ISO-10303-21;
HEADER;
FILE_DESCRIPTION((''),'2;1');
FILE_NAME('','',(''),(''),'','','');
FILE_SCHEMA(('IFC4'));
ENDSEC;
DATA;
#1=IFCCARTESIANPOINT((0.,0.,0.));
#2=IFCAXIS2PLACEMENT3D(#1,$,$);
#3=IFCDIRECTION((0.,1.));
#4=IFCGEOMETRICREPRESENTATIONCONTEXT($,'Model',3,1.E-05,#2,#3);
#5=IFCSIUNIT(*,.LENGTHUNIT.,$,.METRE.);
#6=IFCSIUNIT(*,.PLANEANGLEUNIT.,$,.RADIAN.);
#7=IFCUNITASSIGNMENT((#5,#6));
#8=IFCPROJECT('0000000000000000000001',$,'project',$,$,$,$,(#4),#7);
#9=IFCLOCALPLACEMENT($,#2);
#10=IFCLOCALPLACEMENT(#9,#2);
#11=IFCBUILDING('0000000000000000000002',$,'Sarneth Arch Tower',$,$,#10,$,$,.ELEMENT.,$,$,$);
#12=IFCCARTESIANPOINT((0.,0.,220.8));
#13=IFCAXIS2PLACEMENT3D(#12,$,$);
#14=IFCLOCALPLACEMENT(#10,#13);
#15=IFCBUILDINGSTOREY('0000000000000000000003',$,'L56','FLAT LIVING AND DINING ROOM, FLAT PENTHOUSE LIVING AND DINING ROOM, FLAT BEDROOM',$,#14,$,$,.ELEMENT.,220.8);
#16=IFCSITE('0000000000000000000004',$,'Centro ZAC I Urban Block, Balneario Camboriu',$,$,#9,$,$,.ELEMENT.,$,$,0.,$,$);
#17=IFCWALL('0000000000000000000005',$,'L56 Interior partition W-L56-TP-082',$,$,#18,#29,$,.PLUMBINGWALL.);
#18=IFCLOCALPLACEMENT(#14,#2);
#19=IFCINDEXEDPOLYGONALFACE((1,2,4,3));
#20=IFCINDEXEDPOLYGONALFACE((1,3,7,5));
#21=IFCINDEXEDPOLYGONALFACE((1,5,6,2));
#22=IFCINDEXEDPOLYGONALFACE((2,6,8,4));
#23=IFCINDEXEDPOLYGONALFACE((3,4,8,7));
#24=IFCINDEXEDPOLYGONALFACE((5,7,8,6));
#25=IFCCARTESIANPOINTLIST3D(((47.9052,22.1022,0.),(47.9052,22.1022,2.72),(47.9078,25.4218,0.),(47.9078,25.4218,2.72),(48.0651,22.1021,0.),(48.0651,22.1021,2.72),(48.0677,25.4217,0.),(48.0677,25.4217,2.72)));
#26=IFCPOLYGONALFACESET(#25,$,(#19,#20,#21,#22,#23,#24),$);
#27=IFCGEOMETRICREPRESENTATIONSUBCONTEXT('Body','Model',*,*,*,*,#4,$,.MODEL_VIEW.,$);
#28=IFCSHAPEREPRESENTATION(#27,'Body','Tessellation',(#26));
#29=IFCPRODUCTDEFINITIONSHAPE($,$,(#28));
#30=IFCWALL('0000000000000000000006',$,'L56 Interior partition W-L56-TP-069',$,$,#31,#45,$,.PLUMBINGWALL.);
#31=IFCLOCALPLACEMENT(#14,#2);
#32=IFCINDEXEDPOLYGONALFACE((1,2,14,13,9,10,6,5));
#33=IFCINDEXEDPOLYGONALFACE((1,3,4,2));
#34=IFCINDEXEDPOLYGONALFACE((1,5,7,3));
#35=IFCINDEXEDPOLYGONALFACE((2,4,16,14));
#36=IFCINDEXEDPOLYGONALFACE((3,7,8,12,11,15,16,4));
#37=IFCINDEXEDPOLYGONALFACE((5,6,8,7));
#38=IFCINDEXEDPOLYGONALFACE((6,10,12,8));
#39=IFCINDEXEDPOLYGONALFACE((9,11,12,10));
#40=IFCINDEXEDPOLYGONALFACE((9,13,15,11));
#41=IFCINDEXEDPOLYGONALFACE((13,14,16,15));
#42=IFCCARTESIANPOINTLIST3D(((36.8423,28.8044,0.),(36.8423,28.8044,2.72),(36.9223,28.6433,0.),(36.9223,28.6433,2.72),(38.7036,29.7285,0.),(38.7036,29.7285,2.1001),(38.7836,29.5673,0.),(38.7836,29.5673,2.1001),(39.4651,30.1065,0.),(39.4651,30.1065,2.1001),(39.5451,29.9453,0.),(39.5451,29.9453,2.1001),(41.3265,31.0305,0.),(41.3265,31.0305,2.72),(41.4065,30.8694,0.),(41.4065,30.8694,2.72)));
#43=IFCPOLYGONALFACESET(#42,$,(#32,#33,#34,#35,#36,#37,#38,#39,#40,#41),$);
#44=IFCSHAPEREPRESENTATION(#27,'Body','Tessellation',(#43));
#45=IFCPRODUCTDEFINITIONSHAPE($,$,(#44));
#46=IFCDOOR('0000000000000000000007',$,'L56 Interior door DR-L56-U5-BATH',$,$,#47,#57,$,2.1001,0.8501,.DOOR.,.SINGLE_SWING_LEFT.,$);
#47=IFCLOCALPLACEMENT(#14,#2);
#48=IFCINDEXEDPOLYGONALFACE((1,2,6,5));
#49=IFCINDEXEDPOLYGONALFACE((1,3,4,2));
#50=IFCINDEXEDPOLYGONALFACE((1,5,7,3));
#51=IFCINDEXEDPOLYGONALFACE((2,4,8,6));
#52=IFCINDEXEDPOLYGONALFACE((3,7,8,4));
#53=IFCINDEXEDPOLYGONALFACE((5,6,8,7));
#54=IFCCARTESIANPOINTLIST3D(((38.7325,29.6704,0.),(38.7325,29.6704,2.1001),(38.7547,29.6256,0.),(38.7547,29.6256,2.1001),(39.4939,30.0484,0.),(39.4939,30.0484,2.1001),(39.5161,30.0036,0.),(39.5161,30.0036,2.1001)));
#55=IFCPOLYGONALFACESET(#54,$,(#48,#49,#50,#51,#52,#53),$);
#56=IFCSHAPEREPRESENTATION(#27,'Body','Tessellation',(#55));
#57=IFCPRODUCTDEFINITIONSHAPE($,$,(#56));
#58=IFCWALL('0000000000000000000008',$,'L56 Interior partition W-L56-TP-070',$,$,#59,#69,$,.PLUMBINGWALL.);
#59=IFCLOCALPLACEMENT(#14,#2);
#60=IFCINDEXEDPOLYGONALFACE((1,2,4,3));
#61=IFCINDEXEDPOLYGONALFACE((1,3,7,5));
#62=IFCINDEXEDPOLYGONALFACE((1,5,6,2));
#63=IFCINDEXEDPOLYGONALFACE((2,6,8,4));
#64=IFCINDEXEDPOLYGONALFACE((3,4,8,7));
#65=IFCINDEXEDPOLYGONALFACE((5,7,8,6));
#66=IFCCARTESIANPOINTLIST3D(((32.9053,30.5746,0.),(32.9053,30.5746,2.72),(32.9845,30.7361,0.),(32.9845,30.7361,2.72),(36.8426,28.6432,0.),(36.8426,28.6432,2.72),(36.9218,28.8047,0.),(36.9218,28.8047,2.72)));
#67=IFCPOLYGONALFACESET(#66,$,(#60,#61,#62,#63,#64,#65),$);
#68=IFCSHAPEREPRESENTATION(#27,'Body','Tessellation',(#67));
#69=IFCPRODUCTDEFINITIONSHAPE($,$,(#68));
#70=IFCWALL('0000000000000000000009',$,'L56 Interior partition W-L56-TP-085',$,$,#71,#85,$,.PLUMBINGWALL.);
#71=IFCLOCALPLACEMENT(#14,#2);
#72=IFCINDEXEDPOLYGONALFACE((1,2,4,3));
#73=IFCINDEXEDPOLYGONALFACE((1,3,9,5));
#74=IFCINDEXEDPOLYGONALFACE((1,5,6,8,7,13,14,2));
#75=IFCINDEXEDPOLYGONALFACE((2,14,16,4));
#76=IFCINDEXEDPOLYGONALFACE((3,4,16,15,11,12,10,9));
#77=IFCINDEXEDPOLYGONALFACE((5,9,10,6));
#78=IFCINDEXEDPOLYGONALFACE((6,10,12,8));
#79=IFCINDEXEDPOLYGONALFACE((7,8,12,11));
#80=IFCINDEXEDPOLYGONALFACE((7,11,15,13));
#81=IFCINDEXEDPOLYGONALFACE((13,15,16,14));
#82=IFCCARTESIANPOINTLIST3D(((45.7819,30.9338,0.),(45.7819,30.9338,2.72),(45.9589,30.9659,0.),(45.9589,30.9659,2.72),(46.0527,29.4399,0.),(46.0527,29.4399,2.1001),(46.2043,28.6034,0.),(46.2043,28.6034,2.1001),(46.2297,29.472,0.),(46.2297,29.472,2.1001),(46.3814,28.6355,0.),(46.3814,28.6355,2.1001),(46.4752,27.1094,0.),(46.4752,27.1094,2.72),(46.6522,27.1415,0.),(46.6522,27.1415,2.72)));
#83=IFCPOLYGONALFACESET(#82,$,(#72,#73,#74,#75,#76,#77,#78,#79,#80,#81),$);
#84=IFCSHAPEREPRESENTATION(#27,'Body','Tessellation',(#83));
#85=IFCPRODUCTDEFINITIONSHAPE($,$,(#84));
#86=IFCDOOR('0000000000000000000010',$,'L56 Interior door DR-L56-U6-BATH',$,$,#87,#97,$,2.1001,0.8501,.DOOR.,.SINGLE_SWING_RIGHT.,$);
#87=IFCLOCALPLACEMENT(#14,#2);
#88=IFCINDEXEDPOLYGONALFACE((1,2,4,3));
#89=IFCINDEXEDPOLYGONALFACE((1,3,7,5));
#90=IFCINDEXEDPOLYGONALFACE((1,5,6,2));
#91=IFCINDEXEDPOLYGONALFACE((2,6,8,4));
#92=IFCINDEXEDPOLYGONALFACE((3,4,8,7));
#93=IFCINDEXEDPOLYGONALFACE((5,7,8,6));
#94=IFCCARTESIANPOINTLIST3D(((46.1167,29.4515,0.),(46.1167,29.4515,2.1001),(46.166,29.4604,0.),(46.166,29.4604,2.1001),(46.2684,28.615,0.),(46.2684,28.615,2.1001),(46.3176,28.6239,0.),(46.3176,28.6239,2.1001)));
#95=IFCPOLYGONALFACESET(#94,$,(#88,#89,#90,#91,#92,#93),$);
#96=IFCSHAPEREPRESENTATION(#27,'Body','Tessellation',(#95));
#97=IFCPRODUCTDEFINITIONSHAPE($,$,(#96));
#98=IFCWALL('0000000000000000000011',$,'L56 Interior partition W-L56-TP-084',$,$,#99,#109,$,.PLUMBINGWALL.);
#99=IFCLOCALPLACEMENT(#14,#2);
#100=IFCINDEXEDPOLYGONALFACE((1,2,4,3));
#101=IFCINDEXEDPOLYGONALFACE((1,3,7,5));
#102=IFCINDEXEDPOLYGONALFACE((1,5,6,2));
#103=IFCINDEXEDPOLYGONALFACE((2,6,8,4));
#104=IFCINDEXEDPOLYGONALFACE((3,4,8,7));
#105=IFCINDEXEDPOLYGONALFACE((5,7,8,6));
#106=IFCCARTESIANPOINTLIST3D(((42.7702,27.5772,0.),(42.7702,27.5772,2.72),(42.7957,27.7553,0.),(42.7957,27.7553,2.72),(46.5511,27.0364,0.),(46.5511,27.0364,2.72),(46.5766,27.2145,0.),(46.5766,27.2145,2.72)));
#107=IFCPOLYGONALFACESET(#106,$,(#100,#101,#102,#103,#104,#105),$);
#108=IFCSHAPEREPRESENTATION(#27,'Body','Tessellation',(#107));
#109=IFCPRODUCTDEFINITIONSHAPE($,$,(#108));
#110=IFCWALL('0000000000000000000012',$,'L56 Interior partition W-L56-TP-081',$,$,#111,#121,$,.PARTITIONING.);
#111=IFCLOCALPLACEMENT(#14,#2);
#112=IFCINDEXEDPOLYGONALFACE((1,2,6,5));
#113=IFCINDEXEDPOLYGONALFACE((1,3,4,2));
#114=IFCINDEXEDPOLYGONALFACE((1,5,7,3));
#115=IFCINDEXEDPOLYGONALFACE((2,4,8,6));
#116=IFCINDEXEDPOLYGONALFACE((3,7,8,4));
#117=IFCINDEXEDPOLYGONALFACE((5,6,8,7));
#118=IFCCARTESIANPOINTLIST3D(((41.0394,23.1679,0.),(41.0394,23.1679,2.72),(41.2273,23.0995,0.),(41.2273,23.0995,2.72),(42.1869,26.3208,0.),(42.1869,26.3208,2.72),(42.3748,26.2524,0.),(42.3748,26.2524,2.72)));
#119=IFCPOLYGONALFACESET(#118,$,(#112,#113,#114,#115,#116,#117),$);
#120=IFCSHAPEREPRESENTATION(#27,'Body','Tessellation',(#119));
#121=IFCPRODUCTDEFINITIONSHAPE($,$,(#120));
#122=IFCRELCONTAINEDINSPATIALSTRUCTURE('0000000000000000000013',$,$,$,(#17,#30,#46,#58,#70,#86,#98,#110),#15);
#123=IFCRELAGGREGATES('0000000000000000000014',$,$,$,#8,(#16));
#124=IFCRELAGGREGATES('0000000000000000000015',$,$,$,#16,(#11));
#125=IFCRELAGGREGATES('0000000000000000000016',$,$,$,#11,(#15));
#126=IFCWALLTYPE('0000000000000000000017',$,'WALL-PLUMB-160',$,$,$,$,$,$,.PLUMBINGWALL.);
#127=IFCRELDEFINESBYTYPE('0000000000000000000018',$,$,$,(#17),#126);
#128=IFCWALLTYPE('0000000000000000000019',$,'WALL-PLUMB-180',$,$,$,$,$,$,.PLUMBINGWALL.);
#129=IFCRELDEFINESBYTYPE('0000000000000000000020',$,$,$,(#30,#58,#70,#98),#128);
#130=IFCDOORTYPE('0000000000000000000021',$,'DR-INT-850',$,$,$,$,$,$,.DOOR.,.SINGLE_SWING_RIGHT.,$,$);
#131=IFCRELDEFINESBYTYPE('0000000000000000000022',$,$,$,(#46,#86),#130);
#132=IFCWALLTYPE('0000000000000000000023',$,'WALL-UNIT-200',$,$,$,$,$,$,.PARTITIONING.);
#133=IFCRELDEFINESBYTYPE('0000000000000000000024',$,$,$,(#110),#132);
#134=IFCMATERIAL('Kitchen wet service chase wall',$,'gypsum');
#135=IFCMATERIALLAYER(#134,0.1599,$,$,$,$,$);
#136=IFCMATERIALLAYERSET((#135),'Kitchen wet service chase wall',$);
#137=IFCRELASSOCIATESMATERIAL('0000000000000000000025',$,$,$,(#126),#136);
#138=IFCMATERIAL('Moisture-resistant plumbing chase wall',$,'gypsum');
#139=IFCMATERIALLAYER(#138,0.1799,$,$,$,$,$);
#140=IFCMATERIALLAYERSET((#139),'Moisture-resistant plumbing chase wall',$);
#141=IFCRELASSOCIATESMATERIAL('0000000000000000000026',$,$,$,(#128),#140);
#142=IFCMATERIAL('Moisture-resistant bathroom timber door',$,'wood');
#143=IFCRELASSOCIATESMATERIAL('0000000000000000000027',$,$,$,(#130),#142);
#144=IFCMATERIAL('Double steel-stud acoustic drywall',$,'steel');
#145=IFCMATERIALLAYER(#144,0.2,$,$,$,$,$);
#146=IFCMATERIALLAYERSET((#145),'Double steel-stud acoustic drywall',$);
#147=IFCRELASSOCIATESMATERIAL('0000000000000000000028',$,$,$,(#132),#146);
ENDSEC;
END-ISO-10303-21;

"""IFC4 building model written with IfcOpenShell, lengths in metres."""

from ifc_helpers import new_model, si_unit, direction, frame, frame_2d, origin, place, context, subcontext, project, spatial, rectangle, extrude, material, layer, layer_set, type_object, element, fill, save


model = new_model("IFC4")

# Units and contexts
model_context = context("Model", 3, precision=1e-05, world=origin(), true_north=direction((0.0, 1.0)))
body_context = subcontext(model_context, "Body", "Model", "MODEL_VIEW")
ifc_project = project(units=[si_unit("LENGTHUNIT", "METRE"), si_unit("PLANEANGLEUNIT", "RADIAN")], contexts=[model_context])

# Site, building, storey
site_placement = place(None, origin())
site = spatial("IfcSite", under=ifc_project, at=site_placement, Name="Centro ZAC I Urban Block, Balneario Camboriu", CompositionType="ELEMENT", RefElevation=0.0)
building_placement = place(site_placement, origin())
building = spatial("IfcBuilding", under=site, at=building_placement, Name="Sarneth Arch Tower", CompositionType="ELEMENT")
storey_placement = place(building_placement, frame((0.0, 0.0, 220.8)))
storey = spatial("IfcBuildingStorey", under=building, at=storey_placement, Name="L56", Description="FLAT LIVING AND DINING ROOM, FLAT PENTHOUSE LIVING AND DINING ROOM, FLAT BEDROOM", CompositionType="ELEMENT", Elevation=220.8)

# Shared definitions
ifc_material_1 = material(Name="Kitchen wet service chase wall", Category="gypsum")
ifc_layer_1 = layer(ifc_material_1, 0.1599)
ifc_layer_set_1 = layer_set([ifc_layer_1], Name="Kitchen wet service chase wall")
wall_type_1 = type_object("IfcWallType", Name="WALL-PLUMB-160", PredefinedType="PLUMBINGWALL", material=ifc_layer_set_1)

# Wall
wall_1_placement = place(storey_placement, frame((47.9851, 22.1023, 0.0), z_axis=(0.0, 0.0, 1.0), x_axis=(0.000809, 1.0, 0.0)))
element("IfcWall", 1, at=wall_1_placement, inside=storey, type_object=wall_type_1, Name="L56 Interior partition W-L56-TP-082", PredefinedType="PLUMBINGWALL", context=body_context, shape_type="SweptSolid", body=[
    extrude(rectangle(XDim=3.3196, YDim=0.1599, at=frame_2d((1.6597, 0.0))), origin(), (0.0, 0.0, 1.0), 2.72),
])

# Wall, opening, door
ifc_material_2 = material(Name="Moisture-resistant plumbing chase wall", Category="gypsum")
ifc_layer_2 = layer(ifc_material_2, 0.1799)
ifc_layer_set_2 = layer_set([ifc_layer_2], Name="Moisture-resistant plumbing chase wall")
wall_type_2 = type_object("IfcWallType", Name="WALL-PLUMB-180", PredefinedType="PLUMBINGWALL", material=ifc_layer_set_2)
wall_2_placement = place(storey_placement, frame((41.3665, 30.95, 0.0), z_axis=(0.0, 0.0, 1.0), x_axis=(-0.895701, -0.444656, 0.0)))
wall_2 = element("IfcWall", 2, at=wall_2_placement, inside=storey, type_object=wall_type_2, Name="L56 Interior partition W-L56-TP-069", PredefinedType="PLUMBINGWALL", context=body_context, shape_type="SweptSolid", body=[
    extrude(rectangle(XDim=5.0063, YDim=0.1799, at=frame_2d((2.5032, 0.0))), origin(), (0.0, 0.0, 1.0), 2.72),
])
opening_1_placement = place(wall_2_placement, frame((2.0781, 0.0, 0.0)))
opening_1 = element("IfcOpeningElement", 3, at=opening_1_placement, cuts=wall_2, PredefinedType="OPENING", context=body_context, shape_type="SweptSolid", body=[
    extrude(rectangle(XDim=0.8501, YDim=2.1001, at=frame_2d((0.425, 1.05))), frame((0.0, 0.0999, 0.0), z_axis=(0.0, -1.0, 0.0), x_axis=(1.0, 0.0, 0.0)), (0.0, 0.0, 1.0), 0.2),
])
ifc_material_3 = material(Name="Moisture-resistant bathroom timber door", Category="wood")
door_type_1 = type_object("IfcDoorType", Name="DR-INT-850", OperationType="SINGLE_SWING_RIGHT", PredefinedType="DOOR", material=ifc_material_3)
door_1_placement = place(opening_1_placement, origin())
door_1 = element("IfcDoor", 4, at=door_1_placement, inside=storey, type_object=door_type_1, Name="L56 Interior door DR-L56-U5-BATH", OperationType="SINGLE_SWING_LEFT", OverallHeight=2.1001, OverallWidth=0.8501, PredefinedType="DOOR", context=body_context, shape_type="SweptSolid", body=[
    extrude(rectangle(XDim=0.8501, YDim=2.1001, at=frame_2d((0.425, 1.05))), frame((0.0, 0.0249, 0.0), z_axis=(0.0, -1.0, 0.0), x_axis=(1.0, 0.0, 0.0)), (0.0, 0.0, 1.0), 0.05),
])
fill(opening_1, door_1)

# Wall
wall_3_placement = place(storey_placement, frame((36.8823, 28.7239, 0.0), z_axis=(0.0, 0.0, 1.0), x_axis=(-0.897797, 0.440409, 0.0)))
element("IfcWall", 5, at=wall_3_placement, inside=storey, type_object=wall_type_2, Name="L56 Interior partition W-L56-TP-070", PredefinedType="PLUMBINGWALL", context=body_context, shape_type="SweptSolid", body=[
    extrude(rectangle(XDim=4.3855, YDim=0.1799, at=frame_2d((2.1929, 0.0))), origin(), (0.0, 0.0, 1.0), 2.72),
])

# Wall, opening, door
wall_4_placement = place(storey_placement, frame((46.5637, 27.1255, 0.0), z_axis=(0.0, 0.0, 1.0), x_axis=(-0.178388, 0.98396, 0.0)))
wall_4 = element("IfcWall", 6, at=wall_4_placement, inside=storey, type_object=wall_type_2, Name="L56 Interior partition W-L56-TP-085", PredefinedType="PLUMBINGWALL", context=body_context, shape_type="SweptSolid", body=[
    extrude(rectangle(XDim=3.8867, YDim=0.1799, at=frame_2d((1.9434, 0.0))), origin(), (0.0, 0.0, 1.0), 2.72),
])
opening_2_placement = place(wall_4_placement, frame((1.5183, 0.0, 0.0)))
opening_2 = element("IfcOpeningElement", 7, at=opening_2_placement, cuts=wall_4, PredefinedType="OPENING", context=body_context, shape_type="SweptSolid", body=[
    extrude(rectangle(XDim=0.8501, YDim=2.1001, at=frame_2d((0.425, 1.05))), frame((0.0, 0.0999, 0.0), z_axis=(0.0, -1.0, 0.0), x_axis=(1.0, 0.0, 0.0)), (0.0, 0.0, 1.0), 0.2),
])
door_2_placement = place(opening_2_placement, origin())
door_2 = element("IfcDoor", 8, at=door_2_placement, inside=storey, type_object=door_type_1, Name="L56 Interior door DR-L56-U6-BATH", OperationType="SINGLE_SWING_RIGHT", OverallHeight=2.1001, OverallWidth=0.8501, PredefinedType="DOOR", context=body_context, shape_type="SweptSolid", body=[
    extrude(rectangle(XDim=0.8501, YDim=2.1001, at=frame_2d((0.425, 1.05))), frame((0.0, 0.0249, 0.0), z_axis=(0.0, -1.0, 0.0), x_axis=(1.0, 0.0, 0.0)), (0.0, 0.0, 1.0), 0.05),
])
fill(opening_2, door_2)

# Walls
wall_5_placement = place(storey_placement, frame((42.783, 27.6663, 0.0), z_axis=(0.0, 0.0, 1.0), x_axis=(0.989925, -0.141591, 0.0)))
element("IfcWall", 9, at=wall_5_placement, inside=storey, type_object=wall_type_2, Name="L56 Interior partition W-L56-TP-084", PredefinedType="PLUMBINGWALL", context=body_context, shape_type="SweptSolid", body=[
    extrude(rectangle(XDim=3.8193, YDim=0.1799, at=frame_2d((1.9097, 0.0))), origin(), (0.0, 0.0, 1.0), 2.72),
])
ifc_material_4 = material(Name="Double steel-stud acoustic drywall", Category="steel")
ifc_layer_3 = layer(ifc_material_4, 0.2)
ifc_layer_set_3 = layer_set([ifc_layer_3], Name="Double steel-stud acoustic drywall")
wall_type_3 = type_object("IfcWallType", Name="WALL-UNIT-200", PredefinedType="PARTITIONING", material=ifc_layer_set_3)
wall_6_placement = place(storey_placement, frame((41.1333, 23.1335, 0.0), z_axis=(0.0, 0.0, 1.0), x_axis=(0.342, 0.9397, 0.0)))
element("IfcWall", 10, at=wall_6_placement, inside=storey, type_object=wall_type_3, Name="L56 Interior partition W-L56-TP-081", PredefinedType="PARTITIONING", context=body_context, shape_type="SweptSolid", body=[
    extrude(rectangle(XDim=3.3552, YDim=0.2, at=frame_2d((1.6777, 0.0))), origin(), (0.0, 0.0, 1.0), 2.72),
])

save(model, "model.ifc")
